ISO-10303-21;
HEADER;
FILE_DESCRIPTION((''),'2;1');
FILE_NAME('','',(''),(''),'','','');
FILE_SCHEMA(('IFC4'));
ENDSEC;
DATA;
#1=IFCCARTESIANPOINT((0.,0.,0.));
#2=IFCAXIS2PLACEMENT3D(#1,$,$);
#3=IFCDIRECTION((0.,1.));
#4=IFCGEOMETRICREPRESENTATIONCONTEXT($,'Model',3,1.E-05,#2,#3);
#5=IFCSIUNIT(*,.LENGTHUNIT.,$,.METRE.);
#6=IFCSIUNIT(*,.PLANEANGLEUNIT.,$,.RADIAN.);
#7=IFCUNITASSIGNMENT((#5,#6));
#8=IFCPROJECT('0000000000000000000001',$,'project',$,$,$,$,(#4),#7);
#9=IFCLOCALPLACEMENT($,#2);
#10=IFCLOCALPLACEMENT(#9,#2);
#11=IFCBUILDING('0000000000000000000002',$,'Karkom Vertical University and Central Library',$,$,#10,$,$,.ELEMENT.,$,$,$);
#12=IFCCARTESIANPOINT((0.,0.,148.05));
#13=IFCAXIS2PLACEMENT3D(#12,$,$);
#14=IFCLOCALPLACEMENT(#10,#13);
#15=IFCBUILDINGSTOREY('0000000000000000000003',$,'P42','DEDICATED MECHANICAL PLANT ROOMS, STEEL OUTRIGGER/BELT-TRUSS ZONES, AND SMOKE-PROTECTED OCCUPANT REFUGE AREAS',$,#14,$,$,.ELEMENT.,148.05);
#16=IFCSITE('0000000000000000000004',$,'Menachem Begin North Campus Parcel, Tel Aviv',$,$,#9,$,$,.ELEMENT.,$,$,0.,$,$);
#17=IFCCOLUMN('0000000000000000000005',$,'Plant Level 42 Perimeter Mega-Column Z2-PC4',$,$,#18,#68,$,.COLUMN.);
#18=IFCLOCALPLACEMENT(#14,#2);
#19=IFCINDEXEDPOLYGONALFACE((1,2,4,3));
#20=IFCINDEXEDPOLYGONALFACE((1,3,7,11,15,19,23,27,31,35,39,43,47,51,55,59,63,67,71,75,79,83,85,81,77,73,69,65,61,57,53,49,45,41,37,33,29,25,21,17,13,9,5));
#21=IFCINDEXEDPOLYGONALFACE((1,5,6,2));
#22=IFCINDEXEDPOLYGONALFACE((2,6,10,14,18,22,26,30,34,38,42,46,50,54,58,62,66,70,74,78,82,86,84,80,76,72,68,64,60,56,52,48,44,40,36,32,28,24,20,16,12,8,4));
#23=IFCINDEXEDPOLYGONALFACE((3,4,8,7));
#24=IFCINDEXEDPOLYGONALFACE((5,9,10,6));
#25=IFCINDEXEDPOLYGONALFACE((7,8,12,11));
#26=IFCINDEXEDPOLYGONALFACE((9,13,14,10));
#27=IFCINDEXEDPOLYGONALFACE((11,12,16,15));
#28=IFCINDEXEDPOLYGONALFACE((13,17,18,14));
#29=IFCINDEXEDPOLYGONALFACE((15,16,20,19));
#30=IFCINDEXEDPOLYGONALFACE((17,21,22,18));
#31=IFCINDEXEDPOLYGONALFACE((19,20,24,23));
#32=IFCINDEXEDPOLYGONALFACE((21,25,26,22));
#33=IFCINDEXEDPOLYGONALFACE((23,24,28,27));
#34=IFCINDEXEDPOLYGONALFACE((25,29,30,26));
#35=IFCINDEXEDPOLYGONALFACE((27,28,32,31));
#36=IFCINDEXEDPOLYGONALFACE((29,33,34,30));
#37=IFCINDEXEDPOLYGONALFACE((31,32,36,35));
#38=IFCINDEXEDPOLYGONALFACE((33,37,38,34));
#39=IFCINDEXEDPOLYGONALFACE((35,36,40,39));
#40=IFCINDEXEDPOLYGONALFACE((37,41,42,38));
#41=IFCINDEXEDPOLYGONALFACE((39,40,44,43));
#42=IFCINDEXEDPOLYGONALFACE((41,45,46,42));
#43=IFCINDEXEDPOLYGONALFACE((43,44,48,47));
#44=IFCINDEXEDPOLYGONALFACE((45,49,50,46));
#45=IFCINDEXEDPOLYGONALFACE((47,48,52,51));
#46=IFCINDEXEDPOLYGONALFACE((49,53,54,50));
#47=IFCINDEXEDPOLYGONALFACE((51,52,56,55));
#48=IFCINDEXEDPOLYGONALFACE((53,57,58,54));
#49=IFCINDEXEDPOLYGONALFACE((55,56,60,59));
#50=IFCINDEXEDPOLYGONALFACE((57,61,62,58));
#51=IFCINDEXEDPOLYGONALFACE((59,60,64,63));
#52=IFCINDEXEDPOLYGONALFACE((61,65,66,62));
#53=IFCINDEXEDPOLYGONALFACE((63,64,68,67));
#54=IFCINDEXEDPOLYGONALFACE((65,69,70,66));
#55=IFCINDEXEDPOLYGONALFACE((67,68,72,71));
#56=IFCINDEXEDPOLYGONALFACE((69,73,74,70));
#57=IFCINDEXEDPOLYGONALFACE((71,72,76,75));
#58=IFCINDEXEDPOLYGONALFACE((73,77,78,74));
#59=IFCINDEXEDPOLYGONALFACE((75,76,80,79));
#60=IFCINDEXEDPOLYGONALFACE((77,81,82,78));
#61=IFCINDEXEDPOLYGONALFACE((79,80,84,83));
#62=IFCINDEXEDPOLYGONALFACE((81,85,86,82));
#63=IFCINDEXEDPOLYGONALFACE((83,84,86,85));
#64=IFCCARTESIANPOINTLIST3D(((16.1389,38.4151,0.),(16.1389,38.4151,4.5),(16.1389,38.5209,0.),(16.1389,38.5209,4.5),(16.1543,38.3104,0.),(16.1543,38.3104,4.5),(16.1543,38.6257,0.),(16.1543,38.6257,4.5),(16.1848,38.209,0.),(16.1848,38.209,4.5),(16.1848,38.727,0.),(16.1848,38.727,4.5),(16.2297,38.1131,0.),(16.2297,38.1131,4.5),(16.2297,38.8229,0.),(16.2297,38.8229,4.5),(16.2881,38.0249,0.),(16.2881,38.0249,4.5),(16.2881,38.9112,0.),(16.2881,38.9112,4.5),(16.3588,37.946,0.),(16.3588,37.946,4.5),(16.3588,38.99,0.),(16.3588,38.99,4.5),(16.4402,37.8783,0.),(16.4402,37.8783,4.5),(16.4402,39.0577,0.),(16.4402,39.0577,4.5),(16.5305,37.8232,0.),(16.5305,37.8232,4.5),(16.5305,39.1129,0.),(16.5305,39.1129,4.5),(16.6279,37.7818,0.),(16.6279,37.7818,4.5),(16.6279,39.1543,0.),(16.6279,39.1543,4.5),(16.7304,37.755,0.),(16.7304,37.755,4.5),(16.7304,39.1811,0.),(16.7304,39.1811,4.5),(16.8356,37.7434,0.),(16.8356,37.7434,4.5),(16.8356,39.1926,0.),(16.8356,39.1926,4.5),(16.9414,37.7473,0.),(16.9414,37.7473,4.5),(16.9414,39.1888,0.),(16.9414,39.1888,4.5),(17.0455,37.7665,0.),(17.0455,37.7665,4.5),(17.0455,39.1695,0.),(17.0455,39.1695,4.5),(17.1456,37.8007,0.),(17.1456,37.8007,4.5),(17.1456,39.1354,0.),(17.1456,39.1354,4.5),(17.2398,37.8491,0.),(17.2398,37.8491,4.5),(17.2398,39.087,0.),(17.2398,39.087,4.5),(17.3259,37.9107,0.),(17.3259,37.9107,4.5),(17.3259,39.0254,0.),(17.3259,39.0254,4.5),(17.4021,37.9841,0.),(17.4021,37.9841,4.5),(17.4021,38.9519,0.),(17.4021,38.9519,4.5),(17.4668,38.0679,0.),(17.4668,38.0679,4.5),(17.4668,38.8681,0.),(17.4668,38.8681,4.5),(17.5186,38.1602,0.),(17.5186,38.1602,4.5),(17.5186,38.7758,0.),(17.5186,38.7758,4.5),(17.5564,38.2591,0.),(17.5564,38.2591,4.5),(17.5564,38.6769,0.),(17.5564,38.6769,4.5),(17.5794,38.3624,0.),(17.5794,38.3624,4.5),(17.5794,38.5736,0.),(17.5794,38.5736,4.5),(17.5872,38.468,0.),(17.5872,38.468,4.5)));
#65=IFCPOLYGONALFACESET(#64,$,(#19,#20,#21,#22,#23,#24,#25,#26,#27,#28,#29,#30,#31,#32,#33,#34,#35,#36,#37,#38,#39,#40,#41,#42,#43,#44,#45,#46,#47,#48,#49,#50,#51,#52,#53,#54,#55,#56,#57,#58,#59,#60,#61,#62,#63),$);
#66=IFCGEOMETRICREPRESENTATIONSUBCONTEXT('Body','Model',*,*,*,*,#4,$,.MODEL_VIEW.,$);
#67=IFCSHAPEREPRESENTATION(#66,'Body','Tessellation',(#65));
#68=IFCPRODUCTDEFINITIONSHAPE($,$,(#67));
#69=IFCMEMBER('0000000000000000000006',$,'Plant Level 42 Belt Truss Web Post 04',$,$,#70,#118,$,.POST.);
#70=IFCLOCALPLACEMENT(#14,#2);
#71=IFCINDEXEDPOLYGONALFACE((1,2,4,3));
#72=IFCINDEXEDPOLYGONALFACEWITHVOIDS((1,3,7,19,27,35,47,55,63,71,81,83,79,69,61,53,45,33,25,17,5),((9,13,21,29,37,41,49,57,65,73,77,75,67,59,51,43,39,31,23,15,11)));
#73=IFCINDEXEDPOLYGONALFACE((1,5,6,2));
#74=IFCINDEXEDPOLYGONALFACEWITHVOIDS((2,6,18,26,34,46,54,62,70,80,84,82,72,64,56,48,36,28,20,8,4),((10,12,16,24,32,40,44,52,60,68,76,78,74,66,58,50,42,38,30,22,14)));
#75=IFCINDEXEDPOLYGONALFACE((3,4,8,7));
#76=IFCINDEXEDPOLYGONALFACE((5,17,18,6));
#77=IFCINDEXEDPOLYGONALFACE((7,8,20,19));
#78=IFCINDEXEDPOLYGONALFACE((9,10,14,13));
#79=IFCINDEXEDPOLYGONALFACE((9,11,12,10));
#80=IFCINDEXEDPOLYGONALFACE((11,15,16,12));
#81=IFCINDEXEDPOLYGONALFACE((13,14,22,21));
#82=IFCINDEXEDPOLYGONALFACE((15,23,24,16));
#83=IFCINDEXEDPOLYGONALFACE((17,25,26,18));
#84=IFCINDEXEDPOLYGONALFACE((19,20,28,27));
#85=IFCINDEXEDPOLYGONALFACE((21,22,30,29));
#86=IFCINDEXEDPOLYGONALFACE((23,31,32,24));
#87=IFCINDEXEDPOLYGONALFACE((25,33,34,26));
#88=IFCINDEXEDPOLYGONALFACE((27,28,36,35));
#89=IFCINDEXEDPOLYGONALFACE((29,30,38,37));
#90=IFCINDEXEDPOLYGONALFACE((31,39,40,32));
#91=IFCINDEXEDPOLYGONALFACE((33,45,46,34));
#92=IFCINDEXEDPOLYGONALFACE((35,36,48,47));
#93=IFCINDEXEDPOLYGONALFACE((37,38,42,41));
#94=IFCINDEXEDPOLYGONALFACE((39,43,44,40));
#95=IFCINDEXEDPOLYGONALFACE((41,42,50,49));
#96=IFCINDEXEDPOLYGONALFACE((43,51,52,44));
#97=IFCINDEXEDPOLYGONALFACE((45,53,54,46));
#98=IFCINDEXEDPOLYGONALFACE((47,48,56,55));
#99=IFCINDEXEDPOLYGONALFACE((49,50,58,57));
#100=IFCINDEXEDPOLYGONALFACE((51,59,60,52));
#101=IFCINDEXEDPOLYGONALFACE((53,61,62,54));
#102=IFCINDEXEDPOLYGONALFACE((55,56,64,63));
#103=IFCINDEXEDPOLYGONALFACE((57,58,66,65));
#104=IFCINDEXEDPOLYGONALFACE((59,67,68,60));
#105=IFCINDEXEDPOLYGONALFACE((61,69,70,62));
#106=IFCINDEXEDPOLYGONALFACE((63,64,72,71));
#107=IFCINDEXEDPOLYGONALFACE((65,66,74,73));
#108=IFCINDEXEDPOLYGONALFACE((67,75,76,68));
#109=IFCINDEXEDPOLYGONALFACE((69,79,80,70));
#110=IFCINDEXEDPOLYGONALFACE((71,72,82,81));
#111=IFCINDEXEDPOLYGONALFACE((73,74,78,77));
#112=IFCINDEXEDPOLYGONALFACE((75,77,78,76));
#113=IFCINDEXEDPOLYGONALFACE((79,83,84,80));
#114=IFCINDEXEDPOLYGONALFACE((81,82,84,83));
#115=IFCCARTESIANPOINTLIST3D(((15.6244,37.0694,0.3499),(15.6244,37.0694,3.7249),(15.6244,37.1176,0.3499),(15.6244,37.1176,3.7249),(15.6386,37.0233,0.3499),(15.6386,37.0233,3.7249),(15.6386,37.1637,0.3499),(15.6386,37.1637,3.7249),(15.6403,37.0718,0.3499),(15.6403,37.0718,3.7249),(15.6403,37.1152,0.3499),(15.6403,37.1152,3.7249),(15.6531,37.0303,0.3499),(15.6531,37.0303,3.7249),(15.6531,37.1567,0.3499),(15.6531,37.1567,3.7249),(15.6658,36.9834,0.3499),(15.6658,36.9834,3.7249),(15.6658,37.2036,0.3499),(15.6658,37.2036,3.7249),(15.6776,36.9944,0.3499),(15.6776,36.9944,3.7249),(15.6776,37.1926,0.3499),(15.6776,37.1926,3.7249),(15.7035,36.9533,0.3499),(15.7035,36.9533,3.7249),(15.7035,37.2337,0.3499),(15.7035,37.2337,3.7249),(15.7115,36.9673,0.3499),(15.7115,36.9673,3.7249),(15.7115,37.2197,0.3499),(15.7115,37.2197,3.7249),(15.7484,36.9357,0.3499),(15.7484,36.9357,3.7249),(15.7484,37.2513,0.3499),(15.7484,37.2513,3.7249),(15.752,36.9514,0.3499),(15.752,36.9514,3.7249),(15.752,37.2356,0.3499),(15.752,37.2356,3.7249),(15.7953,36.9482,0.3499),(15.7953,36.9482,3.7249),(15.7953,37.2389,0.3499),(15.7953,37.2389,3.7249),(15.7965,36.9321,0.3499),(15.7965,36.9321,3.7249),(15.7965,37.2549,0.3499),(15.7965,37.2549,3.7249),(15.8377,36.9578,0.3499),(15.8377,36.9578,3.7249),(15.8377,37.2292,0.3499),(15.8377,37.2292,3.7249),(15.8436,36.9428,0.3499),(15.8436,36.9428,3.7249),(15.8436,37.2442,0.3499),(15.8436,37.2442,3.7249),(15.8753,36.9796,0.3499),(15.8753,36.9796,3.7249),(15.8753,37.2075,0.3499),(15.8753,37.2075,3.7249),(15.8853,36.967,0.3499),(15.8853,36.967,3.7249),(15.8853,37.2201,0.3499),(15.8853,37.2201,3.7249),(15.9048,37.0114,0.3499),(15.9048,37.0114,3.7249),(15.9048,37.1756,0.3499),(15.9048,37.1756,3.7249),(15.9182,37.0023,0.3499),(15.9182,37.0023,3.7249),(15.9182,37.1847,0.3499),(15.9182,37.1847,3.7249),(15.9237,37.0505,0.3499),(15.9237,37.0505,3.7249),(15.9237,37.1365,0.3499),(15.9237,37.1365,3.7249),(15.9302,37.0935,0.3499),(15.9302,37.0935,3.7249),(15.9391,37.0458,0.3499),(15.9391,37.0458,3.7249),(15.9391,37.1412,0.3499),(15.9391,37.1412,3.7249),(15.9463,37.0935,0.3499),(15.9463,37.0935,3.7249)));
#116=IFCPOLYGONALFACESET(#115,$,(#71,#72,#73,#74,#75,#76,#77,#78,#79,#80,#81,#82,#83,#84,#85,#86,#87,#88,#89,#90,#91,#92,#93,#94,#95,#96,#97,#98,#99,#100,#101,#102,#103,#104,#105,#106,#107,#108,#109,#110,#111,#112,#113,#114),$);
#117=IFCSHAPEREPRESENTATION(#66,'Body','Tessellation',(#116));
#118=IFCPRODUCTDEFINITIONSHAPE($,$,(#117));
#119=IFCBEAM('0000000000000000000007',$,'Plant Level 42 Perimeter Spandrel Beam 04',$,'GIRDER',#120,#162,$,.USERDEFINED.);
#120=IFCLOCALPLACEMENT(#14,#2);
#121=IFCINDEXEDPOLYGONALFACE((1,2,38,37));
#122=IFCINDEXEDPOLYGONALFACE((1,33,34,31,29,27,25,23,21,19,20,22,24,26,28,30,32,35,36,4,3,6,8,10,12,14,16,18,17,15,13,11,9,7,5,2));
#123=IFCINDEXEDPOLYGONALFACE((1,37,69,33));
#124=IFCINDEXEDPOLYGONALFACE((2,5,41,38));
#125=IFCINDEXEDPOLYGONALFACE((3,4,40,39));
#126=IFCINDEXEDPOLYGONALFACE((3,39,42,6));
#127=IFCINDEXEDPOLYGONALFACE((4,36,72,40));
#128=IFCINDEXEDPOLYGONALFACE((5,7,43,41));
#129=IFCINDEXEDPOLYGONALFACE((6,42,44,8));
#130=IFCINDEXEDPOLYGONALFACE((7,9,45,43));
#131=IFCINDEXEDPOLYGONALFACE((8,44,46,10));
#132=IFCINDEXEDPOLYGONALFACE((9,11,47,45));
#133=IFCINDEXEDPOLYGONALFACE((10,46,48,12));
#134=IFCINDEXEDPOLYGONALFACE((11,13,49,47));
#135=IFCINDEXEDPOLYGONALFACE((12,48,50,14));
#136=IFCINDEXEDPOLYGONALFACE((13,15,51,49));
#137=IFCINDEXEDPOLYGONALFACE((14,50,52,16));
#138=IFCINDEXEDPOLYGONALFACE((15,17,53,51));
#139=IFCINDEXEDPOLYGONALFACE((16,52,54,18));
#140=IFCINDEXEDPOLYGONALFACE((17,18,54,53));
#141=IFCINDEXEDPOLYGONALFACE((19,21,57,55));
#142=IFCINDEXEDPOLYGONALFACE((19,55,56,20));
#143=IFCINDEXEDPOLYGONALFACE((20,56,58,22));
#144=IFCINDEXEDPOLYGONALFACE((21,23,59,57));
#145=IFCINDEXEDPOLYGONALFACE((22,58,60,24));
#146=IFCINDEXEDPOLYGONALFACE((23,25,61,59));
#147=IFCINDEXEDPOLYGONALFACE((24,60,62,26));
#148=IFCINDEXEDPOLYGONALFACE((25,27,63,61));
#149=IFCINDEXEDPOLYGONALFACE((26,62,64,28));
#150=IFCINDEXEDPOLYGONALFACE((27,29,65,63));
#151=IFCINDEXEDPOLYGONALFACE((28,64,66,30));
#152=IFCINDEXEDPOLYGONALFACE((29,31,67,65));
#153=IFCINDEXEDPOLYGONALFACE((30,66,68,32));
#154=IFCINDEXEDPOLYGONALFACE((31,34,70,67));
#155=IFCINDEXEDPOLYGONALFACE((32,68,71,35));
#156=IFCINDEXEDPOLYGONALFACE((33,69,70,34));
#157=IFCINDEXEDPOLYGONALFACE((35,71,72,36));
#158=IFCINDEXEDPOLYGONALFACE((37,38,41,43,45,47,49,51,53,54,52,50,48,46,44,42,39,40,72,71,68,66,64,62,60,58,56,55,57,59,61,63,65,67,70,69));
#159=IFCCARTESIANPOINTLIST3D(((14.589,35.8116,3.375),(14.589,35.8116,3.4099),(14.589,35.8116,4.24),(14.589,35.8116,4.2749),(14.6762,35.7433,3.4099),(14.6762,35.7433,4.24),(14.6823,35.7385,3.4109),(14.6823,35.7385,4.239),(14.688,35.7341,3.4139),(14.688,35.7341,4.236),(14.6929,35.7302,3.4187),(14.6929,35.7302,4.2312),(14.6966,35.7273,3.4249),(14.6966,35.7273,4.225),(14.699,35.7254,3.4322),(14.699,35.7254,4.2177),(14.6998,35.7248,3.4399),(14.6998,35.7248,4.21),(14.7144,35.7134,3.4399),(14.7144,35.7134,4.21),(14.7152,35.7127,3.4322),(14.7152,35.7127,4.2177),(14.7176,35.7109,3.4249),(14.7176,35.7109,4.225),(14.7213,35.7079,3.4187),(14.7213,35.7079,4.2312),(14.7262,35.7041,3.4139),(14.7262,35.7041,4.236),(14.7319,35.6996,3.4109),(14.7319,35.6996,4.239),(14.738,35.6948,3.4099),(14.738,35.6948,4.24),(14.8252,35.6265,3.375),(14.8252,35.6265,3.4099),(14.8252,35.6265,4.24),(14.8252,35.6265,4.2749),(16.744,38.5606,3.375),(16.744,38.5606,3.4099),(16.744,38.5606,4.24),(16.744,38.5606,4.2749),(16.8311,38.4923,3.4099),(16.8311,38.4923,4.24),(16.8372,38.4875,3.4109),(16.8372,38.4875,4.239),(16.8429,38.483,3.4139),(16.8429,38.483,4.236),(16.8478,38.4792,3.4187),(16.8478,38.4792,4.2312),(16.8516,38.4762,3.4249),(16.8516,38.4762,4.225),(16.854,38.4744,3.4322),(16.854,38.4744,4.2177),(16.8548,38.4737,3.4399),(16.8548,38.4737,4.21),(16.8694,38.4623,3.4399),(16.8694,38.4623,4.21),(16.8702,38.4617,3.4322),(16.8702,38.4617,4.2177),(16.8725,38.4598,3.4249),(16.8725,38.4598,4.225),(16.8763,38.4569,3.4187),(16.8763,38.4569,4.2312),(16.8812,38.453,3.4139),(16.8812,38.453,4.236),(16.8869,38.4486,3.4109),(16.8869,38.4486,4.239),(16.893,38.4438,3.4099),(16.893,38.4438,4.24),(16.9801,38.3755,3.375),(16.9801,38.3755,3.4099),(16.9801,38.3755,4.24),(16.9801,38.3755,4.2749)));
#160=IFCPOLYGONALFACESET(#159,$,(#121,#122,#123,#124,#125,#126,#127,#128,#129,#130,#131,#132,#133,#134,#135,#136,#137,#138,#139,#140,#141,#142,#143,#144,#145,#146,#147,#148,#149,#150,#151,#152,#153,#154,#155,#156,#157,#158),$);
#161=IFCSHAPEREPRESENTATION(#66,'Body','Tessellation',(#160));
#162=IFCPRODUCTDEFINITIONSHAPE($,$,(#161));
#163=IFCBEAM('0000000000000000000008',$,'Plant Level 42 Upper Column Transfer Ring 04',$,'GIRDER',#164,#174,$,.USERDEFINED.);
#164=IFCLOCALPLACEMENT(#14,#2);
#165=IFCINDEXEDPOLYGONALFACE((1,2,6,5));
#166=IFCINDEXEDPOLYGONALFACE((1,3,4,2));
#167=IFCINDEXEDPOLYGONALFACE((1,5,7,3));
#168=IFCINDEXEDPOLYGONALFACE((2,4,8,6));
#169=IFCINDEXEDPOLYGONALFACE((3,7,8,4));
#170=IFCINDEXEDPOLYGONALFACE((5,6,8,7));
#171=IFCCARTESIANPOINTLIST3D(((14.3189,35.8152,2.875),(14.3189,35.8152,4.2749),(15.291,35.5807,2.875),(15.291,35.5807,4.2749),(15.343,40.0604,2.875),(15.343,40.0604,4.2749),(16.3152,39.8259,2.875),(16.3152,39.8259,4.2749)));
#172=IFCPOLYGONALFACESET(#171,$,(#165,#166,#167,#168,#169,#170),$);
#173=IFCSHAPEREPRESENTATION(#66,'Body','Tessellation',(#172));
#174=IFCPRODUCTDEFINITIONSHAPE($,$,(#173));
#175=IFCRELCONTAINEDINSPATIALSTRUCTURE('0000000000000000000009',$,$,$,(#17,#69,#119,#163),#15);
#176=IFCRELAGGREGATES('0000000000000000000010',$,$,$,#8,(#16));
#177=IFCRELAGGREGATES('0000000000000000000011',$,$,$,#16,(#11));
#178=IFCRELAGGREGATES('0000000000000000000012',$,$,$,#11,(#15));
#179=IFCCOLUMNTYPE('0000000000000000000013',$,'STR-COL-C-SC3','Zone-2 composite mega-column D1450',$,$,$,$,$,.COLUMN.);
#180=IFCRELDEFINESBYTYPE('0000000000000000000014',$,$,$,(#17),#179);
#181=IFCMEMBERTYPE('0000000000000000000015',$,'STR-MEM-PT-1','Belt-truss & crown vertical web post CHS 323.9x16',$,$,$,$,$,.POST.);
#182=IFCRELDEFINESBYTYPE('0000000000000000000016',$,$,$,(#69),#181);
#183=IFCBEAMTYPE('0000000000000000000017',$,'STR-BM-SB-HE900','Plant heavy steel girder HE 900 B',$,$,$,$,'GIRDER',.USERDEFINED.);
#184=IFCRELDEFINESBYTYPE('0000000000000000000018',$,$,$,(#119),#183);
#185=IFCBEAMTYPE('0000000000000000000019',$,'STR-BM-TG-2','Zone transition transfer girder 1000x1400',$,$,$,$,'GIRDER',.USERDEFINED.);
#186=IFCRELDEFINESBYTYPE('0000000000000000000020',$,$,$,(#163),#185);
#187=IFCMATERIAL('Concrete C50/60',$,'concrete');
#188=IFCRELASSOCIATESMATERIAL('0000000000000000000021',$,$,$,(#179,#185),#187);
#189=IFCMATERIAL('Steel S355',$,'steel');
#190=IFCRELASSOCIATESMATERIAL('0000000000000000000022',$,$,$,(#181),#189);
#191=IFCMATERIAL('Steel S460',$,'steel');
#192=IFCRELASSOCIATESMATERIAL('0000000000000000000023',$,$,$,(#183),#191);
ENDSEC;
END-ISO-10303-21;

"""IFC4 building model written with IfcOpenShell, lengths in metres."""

from ifc_helpers import new_model, si_unit, direction, frame, origin, origin_with_axes, origin_2d, place, context, subcontext, project, spatial, rectangle, circle, hollow_circle, i_section, extrude, source, transform, mapped, material, material_profile, profile_set, type_object, element, save


model = new_model("IFC4")

# Units and contexts
model_context = context("Model", 3, precision=1e-05, world=origin(), true_north=direction((0.0, 1.0)))
body_context = subcontext(model_context, "Body", "Model", "MODEL_VIEW")
ifc_project = project(units=[si_unit("LENGTHUNIT", "METRE"), si_unit("PLANEANGLEUNIT", "RADIAN")], contexts=[model_context])

# Site, building, storey
site_placement = place(None, origin())
site = spatial("IfcSite", under=ifc_project, at=site_placement, Name="Menachem Begin North Campus Parcel, Tel Aviv", CompositionType="ELEMENT", RefElevation=0.0)
building_placement = place(site_placement, origin())
building = spatial("IfcBuilding", under=site, at=building_placement, Name="Karkom Vertical University and Central Library", CompositionType="ELEMENT")
storey_placement = place(building_placement, frame((0.0, 0.0, 148.05)))
storey = spatial("IfcBuildingStorey", under=building, at=storey_placement, Name="P42", Description="DEDICATED MECHANICAL PLANT ROOMS, STEEL OUTRIGGER/BELT-TRUSS ZONES, AND SMOKE-PROTECTED OCCUPANT REFUGE AREAS", CompositionType="ELEMENT", Elevation=148.05)

# Column
ifc_material_1 = material(Name="Concrete C50/60", Category="concrete")
ifc_material_profile_1 = material_profile(ifc_material_1, circle(Radius=0.7251, at=origin_2d()), Name="CFT-D1450")
ifc_profile_set_1 = profile_set([ifc_material_profile_1], Name="Concrete C50/60")
column_type = type_object("IfcColumnType", Name="STR-COL-C-SC3", Description="Zone-2 composite mega-column D1450", PredefinedType="COLUMN", material=ifc_profile_set_1)
shared_shape_1 = source(origin_with_axes(), body_context, "Body", "SweptSolid", [
    extrude(circle(Radius=0.7251, at=origin_2d()), origin(), (0.0, 0.0, 1.0), 4.5),
])
column_placement = place(storey_placement, frame((16.8621, 38.468, 0.0), z_axis=(0.0, 0.0, 1.0), x_axis=(1.0, 0.0, 0.0)))
element("IfcColumn", 1, at=column_placement, inside=storey, type_object=column_type, Name="Plant Level 42 Perimeter Mega-Column Z2-PC4", PredefinedType="COLUMN", context=body_context, shape_type="MappedRepresentation", body=[
    mapped(shared_shape_1, transform((0.0, 0.0, 0.0), scale=1.0)),
])

# Member
ifc_material_2 = material(Name="Steel S355", Category="steel")
ifc_material_profile_2 = material_profile(ifc_material_2, hollow_circle(Radius=0.1619, WallThickness=0.0161, at=origin_2d()), Name="CHS 323.9x16")
ifc_profile_set_2 = profile_set([ifc_material_profile_2], Name="Steel S355")
member_type_1 = type_object("IfcMemberType", Name="STR-MEM-PT-1", Description="Belt-truss & crown vertical web post CHS 323.9x16", PredefinedType="POST", material=ifc_profile_set_2)
shared_shape_2 = source(origin_with_axes(), body_context, "Body", "SweptSolid", [
    extrude(hollow_circle(Radius=0.1619, WallThickness=0.0161, at=origin_2d()), origin(), (0.0, 0.0, 1.0), 3.375),
])
member_1_placement = place(storey_placement, frame((15.7844, 37.0935, 0.3499), z_axis=(0.0, 0.0, 1.0), x_axis=(1.0, 0.0, 0.0)))
element("IfcMember", 2, at=member_1_placement, inside=storey, type_object=member_type_1, Name="Plant Level 42 Belt Truss Web Post 04", PredefinedType="POST", context=body_context, shape_type="MappedRepresentation", body=[
    mapped(shared_shape_2, transform((0.0, 0.0, 0.0), scale=1.0)),
])

# Beams
ifc_material_3 = material(Name="Steel S460", Category="steel")
ifc_material_profile_3 = material_profile(ifc_material_3, i_section(OverallWidth=0.3, OverallDepth=0.8999, WebThickness=0.0186, FlangeThickness=0.0349, FilletRadius=0.03, at=origin_2d()), Name="HE 900 B")
ifc_profile_set_3 = profile_set([ifc_material_profile_3], Name="Steel S460")
beam_type_1 = type_object("IfcBeamType", Name="STR-BM-SB-HE900", Description="Plant heavy steel girder HE 900 B", ElementType="GIRDER", PredefinedType="USERDEFINED", material=ifc_profile_set_3)
shared_shape_3 = source(origin_with_axes(), body_context, "Body", "SweptSolid", [
    extrude(i_section(OverallWidth=0.3, OverallDepth=0.8999, WebThickness=0.0186, FlangeThickness=0.0349, FilletRadius=0.03, at=origin_2d()), origin(), (0.0, 0.0, 1.0), 3.4929),
])
beam_1_placement = place(storey_placement, frame((16.8621, 38.468, 3.825), z_axis=(-0.616951, -0.787002, 0.0), x_axis=(0.787002, -0.616951, 0.0)))
element("IfcBeam", 3, at=beam_1_placement, inside=storey, type_object=beam_type_1, Name="Plant Level 42 Perimeter Spandrel Beam 04", ObjectType="GIRDER", PredefinedType="USERDEFINED", context=body_context, shape_type="MappedRepresentation", body=[
    mapped(shared_shape_3, transform((0.0, 0.0, 0.0), scale=1.0)),
])
ifc_material_profile_4 = material_profile(ifc_material_1, rectangle(XDim=1.0, YDim=1.3999, at=origin_2d()), Name="TG-1000x1400")
ifc_profile_set_4 = profile_set([ifc_material_profile_4], Name="Concrete C50/60")
beam_type_2 = type_object("IfcBeamType", Name="STR-BM-TG-2", Description="Zone transition transfer girder 1000x1400", ElementType="GIRDER", PredefinedType="USERDEFINED", material=ifc_profile_set_4)
shared_shape_4 = source(origin_with_axes(), body_context, "Body", "SweptSolid", [
    extrude(rectangle(XDim=1.0, YDim=1.3999, at=origin_2d()), origin(), (0.0, 0.0, 1.0), 4.3669),
])
beam_2_placement = place(storey_placement, frame((15.8291, 39.9431, 3.575), z_axis=(-0.234529, -0.972109, 0.0), x_axis=(0.972109, -0.234529, 0.0)))
element("IfcBeam", 4, at=beam_2_placement, inside=storey, type_object=beam_type_2, Name="Plant Level 42 Upper Column Transfer Ring 04", ObjectType="GIRDER", PredefinedType="USERDEFINED", context=body_context, shape_type="MappedRepresentation", body=[
    mapped(shared_shape_4, transform((0.0, 0.0, 0.0), scale=1.0)),
])

save(model, "model.ifc")
